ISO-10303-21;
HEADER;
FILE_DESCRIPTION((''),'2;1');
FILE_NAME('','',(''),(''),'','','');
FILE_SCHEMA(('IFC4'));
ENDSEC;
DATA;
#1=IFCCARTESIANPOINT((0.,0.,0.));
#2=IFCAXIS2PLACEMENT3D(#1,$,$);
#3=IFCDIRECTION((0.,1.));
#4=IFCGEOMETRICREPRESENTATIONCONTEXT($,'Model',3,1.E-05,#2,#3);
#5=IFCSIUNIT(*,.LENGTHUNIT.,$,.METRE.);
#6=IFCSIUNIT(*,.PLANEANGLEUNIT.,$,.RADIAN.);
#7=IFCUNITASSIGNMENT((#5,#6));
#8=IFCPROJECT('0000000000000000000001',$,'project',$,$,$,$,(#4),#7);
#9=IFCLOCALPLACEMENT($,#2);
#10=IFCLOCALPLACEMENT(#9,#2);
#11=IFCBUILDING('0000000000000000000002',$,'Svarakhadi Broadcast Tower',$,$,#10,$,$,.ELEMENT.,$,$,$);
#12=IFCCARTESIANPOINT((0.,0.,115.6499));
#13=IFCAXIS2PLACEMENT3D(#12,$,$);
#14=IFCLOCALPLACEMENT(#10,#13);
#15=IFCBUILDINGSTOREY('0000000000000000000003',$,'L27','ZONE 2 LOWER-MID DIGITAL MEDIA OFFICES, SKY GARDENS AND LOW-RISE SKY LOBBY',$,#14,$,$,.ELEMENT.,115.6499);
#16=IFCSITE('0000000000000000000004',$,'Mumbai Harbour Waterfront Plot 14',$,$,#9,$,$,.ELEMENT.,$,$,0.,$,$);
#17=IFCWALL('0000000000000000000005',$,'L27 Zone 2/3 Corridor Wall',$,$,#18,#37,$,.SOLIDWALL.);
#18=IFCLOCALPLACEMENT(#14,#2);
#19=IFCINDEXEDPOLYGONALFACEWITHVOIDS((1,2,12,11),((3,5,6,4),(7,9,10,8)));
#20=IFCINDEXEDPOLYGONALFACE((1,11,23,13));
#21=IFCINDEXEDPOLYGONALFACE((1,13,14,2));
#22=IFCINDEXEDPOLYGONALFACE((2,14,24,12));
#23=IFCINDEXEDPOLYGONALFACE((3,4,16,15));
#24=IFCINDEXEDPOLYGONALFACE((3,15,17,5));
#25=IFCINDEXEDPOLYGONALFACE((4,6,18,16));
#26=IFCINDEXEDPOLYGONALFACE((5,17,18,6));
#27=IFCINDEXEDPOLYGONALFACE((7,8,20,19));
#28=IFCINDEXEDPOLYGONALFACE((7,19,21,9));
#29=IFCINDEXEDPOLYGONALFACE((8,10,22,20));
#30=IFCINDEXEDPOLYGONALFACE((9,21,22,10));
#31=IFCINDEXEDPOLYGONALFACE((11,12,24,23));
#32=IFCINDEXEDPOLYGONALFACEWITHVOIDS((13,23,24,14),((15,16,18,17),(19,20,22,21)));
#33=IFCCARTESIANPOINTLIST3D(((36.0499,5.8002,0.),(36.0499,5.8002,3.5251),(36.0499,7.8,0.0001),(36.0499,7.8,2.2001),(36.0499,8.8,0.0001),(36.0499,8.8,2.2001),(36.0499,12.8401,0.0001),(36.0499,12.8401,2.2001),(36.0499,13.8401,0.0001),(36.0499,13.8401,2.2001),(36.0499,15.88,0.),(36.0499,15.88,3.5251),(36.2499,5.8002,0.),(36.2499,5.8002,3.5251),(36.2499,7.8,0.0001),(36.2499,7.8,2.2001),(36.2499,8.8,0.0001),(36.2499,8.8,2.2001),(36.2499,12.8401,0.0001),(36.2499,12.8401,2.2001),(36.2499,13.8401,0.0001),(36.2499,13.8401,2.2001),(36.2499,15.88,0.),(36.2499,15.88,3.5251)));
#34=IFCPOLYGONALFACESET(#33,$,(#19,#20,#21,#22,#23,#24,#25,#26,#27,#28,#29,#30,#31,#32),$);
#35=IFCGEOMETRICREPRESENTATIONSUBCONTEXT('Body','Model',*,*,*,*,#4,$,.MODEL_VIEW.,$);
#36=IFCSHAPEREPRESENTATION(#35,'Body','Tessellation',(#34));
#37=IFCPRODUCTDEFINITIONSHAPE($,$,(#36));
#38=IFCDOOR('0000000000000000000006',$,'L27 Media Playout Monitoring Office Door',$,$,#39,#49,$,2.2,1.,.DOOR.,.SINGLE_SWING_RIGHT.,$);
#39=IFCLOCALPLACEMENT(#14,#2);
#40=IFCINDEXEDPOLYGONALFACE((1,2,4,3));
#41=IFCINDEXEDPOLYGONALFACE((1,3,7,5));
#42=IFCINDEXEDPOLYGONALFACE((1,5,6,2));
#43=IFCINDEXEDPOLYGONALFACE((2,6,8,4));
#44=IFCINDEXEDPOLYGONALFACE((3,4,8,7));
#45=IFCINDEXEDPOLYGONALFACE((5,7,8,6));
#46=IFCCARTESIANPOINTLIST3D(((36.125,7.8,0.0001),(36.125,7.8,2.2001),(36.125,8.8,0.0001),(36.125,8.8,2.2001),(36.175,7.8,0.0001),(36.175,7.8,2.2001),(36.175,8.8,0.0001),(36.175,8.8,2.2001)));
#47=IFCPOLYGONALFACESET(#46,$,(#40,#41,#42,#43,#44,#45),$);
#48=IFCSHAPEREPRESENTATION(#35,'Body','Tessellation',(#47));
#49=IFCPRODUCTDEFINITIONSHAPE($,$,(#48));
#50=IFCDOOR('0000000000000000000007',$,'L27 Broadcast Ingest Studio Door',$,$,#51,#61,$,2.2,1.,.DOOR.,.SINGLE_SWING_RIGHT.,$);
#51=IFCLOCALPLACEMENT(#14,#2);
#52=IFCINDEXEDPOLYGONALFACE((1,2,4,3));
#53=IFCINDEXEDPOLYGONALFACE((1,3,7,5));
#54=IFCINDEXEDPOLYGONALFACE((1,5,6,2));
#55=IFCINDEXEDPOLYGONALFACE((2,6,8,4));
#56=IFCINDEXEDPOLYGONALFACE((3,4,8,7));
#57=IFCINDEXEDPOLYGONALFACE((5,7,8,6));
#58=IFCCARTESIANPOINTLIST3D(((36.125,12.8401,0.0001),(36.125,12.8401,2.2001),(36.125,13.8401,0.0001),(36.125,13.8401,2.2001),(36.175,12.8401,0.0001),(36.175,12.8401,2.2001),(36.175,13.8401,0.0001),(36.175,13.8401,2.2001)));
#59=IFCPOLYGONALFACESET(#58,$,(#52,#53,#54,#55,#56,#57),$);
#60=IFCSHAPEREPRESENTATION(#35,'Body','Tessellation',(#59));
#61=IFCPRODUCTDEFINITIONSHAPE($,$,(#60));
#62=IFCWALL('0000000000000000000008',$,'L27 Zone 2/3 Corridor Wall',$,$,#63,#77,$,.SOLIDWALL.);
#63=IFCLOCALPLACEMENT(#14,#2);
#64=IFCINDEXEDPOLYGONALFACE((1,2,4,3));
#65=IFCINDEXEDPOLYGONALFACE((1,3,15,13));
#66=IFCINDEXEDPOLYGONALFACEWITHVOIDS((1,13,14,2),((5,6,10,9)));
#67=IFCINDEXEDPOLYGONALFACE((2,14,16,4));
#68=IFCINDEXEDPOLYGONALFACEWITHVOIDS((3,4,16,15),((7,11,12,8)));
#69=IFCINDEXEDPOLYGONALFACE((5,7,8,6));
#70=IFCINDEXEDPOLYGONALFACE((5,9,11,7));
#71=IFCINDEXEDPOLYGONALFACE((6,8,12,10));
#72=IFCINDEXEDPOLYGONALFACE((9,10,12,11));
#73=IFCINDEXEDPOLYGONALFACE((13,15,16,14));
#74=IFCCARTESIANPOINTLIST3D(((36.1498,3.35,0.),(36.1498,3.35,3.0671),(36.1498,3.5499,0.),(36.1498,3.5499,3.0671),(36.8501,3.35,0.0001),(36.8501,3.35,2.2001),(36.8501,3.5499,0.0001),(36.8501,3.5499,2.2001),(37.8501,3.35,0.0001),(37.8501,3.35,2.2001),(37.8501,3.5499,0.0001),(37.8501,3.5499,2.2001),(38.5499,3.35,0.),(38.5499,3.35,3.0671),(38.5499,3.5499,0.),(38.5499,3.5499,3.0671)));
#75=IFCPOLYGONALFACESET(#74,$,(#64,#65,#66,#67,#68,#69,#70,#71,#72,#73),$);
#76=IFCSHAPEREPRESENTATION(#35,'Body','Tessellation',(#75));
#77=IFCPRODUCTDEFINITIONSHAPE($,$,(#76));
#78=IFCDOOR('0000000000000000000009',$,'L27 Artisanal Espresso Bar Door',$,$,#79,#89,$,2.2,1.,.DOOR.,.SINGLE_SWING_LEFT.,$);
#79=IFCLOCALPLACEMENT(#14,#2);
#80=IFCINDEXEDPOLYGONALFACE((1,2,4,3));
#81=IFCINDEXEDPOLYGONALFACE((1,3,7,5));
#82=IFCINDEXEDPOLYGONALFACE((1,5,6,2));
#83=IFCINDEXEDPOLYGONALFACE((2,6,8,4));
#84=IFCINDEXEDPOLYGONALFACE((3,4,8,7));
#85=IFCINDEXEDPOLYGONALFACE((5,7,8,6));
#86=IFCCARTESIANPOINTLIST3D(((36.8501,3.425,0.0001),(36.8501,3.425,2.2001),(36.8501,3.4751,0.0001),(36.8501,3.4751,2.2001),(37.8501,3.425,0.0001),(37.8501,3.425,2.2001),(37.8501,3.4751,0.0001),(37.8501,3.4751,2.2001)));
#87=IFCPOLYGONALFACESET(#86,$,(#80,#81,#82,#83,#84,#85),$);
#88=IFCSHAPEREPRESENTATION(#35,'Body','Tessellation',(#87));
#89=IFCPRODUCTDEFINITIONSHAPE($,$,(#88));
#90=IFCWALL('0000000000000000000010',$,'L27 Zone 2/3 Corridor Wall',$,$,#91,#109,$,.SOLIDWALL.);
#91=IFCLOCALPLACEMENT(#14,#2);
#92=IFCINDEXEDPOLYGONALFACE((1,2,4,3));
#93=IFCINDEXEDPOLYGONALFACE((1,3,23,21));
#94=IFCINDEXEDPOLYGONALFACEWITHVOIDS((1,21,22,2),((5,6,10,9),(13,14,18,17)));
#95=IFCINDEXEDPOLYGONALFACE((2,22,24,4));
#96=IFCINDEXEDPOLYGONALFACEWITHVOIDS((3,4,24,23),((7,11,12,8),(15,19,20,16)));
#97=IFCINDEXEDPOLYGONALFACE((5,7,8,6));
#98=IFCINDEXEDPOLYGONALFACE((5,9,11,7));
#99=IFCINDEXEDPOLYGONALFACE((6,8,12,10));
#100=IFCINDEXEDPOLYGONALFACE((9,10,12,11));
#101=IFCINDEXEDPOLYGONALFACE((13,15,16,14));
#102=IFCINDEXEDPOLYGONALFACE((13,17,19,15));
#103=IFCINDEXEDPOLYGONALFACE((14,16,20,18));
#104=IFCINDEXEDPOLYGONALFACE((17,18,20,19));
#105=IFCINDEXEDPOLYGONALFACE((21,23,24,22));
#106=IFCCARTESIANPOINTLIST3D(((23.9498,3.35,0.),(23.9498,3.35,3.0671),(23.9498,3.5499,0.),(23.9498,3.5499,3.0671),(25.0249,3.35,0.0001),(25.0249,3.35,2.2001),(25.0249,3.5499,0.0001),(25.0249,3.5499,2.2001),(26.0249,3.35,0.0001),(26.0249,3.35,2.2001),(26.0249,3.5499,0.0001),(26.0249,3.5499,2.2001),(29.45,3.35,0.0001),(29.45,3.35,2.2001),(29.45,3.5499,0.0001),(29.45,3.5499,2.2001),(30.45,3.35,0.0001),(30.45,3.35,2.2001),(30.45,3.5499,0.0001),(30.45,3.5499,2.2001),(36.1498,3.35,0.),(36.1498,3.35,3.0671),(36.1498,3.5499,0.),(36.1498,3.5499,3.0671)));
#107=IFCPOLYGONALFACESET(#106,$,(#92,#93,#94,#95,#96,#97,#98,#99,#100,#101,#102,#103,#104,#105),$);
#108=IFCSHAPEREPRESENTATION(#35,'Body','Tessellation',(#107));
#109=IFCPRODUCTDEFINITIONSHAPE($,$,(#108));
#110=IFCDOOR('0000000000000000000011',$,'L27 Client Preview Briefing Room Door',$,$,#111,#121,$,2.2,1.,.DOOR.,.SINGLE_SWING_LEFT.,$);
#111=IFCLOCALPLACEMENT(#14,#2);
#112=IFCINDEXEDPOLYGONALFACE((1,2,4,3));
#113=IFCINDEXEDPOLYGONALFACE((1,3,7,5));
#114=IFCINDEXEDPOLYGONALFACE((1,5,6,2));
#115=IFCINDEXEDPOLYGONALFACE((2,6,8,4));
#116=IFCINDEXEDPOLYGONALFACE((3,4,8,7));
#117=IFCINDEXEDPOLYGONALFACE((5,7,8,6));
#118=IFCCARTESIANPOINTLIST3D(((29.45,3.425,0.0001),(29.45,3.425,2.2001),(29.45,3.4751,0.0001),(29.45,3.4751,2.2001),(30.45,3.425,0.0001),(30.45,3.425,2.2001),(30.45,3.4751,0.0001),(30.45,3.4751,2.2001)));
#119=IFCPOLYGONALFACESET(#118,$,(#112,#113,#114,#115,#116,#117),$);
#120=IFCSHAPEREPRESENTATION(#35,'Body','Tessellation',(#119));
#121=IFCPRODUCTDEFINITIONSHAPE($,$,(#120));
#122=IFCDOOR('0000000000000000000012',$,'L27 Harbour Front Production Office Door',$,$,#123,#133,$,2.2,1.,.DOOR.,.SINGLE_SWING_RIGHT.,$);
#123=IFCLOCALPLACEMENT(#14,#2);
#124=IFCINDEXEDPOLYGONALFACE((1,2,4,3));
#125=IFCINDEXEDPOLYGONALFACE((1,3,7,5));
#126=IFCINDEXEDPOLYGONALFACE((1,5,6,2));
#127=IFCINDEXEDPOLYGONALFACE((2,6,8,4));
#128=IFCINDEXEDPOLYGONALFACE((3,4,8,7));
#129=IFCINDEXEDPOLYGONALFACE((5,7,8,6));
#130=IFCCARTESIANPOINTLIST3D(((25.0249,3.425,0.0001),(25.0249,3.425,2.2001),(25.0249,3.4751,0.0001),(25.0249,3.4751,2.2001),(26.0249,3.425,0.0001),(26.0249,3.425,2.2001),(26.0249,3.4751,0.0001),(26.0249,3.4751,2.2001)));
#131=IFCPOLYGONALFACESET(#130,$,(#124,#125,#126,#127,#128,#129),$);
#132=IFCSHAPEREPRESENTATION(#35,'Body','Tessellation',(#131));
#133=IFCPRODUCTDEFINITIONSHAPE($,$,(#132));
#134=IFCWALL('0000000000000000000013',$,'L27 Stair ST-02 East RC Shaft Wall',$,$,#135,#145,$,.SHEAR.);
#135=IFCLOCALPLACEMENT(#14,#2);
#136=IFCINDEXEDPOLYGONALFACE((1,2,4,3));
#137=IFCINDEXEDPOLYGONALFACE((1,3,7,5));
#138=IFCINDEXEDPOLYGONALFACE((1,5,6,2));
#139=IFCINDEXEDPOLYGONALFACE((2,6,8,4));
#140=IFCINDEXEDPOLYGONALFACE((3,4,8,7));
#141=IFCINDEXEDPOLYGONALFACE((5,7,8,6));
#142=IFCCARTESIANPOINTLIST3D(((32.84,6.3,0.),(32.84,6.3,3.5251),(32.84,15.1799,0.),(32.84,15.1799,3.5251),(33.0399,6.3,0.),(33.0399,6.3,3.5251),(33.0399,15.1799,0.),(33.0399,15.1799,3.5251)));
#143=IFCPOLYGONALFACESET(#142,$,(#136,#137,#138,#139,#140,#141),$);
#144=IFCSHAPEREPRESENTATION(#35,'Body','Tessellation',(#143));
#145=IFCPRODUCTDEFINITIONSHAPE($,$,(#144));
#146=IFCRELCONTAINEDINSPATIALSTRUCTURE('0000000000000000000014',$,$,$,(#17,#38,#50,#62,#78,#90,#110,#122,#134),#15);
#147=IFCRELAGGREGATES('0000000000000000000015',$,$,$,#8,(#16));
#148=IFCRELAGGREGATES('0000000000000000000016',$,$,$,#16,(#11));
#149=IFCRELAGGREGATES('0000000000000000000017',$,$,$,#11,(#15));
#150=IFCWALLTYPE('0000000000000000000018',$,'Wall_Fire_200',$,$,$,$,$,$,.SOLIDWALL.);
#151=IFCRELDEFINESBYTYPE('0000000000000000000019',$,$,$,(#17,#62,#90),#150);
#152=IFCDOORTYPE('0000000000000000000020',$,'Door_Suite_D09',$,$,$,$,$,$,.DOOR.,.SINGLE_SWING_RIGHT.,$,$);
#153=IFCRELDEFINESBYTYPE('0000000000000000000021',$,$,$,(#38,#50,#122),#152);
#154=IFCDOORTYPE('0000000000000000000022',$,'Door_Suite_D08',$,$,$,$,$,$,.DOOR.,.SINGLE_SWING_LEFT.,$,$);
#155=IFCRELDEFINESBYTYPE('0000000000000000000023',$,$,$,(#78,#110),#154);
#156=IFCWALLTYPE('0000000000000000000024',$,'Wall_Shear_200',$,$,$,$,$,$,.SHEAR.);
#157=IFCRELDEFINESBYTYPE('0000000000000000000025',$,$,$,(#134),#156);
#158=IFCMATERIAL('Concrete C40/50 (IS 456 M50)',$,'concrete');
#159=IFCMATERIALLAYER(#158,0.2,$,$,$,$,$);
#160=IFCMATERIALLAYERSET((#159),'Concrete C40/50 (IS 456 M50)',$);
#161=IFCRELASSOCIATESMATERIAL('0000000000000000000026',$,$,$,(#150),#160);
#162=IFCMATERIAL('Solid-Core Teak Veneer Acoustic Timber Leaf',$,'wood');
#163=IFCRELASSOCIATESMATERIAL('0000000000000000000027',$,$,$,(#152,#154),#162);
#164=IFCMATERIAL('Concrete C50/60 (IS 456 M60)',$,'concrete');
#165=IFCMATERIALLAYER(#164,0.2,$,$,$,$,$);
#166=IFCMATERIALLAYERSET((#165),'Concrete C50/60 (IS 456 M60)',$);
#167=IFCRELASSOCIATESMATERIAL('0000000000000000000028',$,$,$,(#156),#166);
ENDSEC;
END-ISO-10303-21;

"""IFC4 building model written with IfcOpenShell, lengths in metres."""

from ifc_helpers import new_model, si_unit, direction, frame, frame_2d, origin, place, context, subcontext, project, spatial, rectangle, extrude, material, layer, layer_set, type_object, element, fill, save


model = new_model("IFC4")

# Units and contexts
model_context = context("Model", 3, precision=1e-05, world=origin(), true_north=direction((0.0, 1.0)))
body_context = subcontext(model_context, "Body", "Model", "MODEL_VIEW")
ifc_project = project(units=[si_unit("LENGTHUNIT", "METRE"), si_unit("PLANEANGLEUNIT", "RADIAN")], contexts=[model_context])

# Site, building, storey
site_placement = place(None, origin())
site = spatial("IfcSite", under=ifc_project, at=site_placement, Name="Mumbai Harbour Waterfront Plot 14", CompositionType="ELEMENT", RefElevation=0.0)
building_placement = place(site_placement, origin())
building = spatial("IfcBuilding", under=site, at=building_placement, Name="Svarakhadi Broadcast Tower", CompositionType="ELEMENT")
storey_placement = place(building_placement, frame((0.0, 0.0, 115.6499)))
storey = spatial("IfcBuildingStorey", under=building, at=storey_placement, Name="L27", Description="ZONE 2 LOWER-MID DIGITAL MEDIA OFFICES, SKY GARDENS AND LOW-RISE SKY LOBBY", CompositionType="ELEMENT", Elevation=115.6499)

# Shared definitions
ifc_material_1 = material(Name="Concrete C50/60 (IS 456 M60)", Category="concrete")

# Shared definitions
ifc_material_2 = material(Name="Concrete C40/50 (IS 456 M50)", Category="concrete")
ifc_layer_1 = layer(ifc_material_2, 0.2)
ifc_layer_set_1 = layer_set([ifc_layer_1], Name="Concrete C40/50 (IS 456 M50)")
wall_type_1 = type_object("IfcWallType", Name="Wall_Fire_200", PredefinedType="SOLIDWALL", material=ifc_layer_set_1)

# Wall, openings, doors
wall_1_placement = place(storey_placement, frame((36.1499, 5.8, 0.0), z_axis=(0.0, 0.0, 1.0), x_axis=(0.0, 1.0, 0.0)))
wall_1 = element("IfcWall", 1, at=wall_1_placement, inside=storey, type_object=wall_type_1, Name="L27 Zone 2/3 Corridor Wall", PredefinedType="SOLIDWALL", context=body_context, shape_type="SweptSolid", body=[
    extrude(rectangle(XDim=10.0798, YDim=0.2, at=frame_2d((5.04, 0.0))), origin(), (0.0, 0.0, 1.0), 3.5251),
])
opening_1_placement = place(wall_1_placement, frame((2.0, 0.0, 0.0)))
opening_1 = element("IfcOpeningElement", 2, at=opening_1_placement, cuts=wall_1, PredefinedType="OPENING", context=body_context, shape_type="SweptSolid", body=[
    extrude(rectangle(XDim=1.0, YDim=2.2, at=frame_2d((0.5, 1.1001))), frame((0.0, 0.1099, 0.0), z_axis=(0.0, -1.0, 0.0), x_axis=(1.0, 0.0, 0.0)), (0.0, 0.0, 1.0), 0.22),
])
opening_2_placement = place(wall_1_placement, frame((7.04, 0.0, 0.0)))
opening_2 = element("IfcOpeningElement", 3, at=opening_2_placement, cuts=wall_1, PredefinedType="OPENING", context=body_context, shape_type="SweptSolid", body=[
    extrude(rectangle(XDim=1.0, YDim=2.2, at=frame_2d((0.5, 1.1001))), frame((0.0, 0.1099, 0.0), z_axis=(0.0, -1.0, 0.0), x_axis=(1.0, 0.0, 0.0)), (0.0, 0.0, 1.0), 0.22),
])
ifc_material_3 = material(Name="Solid-Core Teak Veneer Acoustic Timber Leaf", Category="wood")
door_type_1 = type_object("IfcDoorType", Name="Door_Suite_D09", OperationType="SINGLE_SWING_RIGHT", PredefinedType="DOOR", material=ifc_material_3)
door_1_placement = place(opening_1_placement, origin())
door_1 = element("IfcDoor", 4, at=door_1_placement, inside=storey, type_object=door_type_1, Name="L27 Media Playout Monitoring Office Door", OperationType="SINGLE_SWING_RIGHT", OverallHeight=2.2, OverallWidth=1.0, PredefinedType="DOOR", context=body_context, shape_type="SweptSolid", body=[
    extrude(rectangle(XDim=1.0, YDim=2.2, at=frame_2d((0.5, 1.1001))), frame((0.0, 0.0249, 0.0), z_axis=(0.0, -1.0, 0.0), x_axis=(1.0, 0.0, 0.0)), (0.0, 0.0, 1.0), 0.05),
])
fill(opening_1, door_1)
door_2_placement = place(opening_2_placement, origin())
door_2 = element("IfcDoor", 5, at=door_2_placement, inside=storey, type_object=door_type_1, Name="L27 Broadcast Ingest Studio Door", OperationType="SINGLE_SWING_RIGHT", OverallHeight=2.2, OverallWidth=1.0, PredefinedType="DOOR", context=body_context, shape_type="SweptSolid", body=[
    extrude(rectangle(XDim=1.0, YDim=2.2, at=frame_2d((0.5, 1.1001))), frame((0.0, 0.0249, 0.0), z_axis=(0.0, -1.0, 0.0), x_axis=(1.0, 0.0, 0.0)), (0.0, 0.0, 1.0), 0.05),
])
fill(opening_2, door_2)

# Wall, opening, door
wall_2_placement = place(storey_placement, frame((38.55, 3.45, 0.0), z_axis=(0.0, 0.0, 1.0), x_axis=(-1.0, 0.0, 0.0)))
wall_2 = element("IfcWall", 6, at=wall_2_placement, inside=storey, type_object=wall_type_1, Name="L27 Zone 2/3 Corridor Wall", PredefinedType="SOLIDWALL", context=body_context, shape_type="SweptSolid", body=[
    extrude(rectangle(XDim=2.4001, YDim=0.2, at=frame_2d((1.2002, 0.0))), origin(), (0.0, 0.0, 1.0), 3.0671),
])
opening_3_placement = place(wall_2_placement, frame((0.7, 0.0, 0.0)))
opening_3 = element("IfcOpeningElement", 7, at=opening_3_placement, cuts=wall_2, PredefinedType="OPENING", context=body_context, shape_type="SweptSolid", body=[
    extrude(rectangle(XDim=1.0, YDim=2.2, at=frame_2d((0.5, 1.1001))), frame((0.0, 0.1099, 0.0), z_axis=(0.0, -1.0, 0.0), x_axis=(1.0, 0.0, 0.0)), (0.0, 0.0, 1.0), 0.22),
])
door_type_2 = type_object("IfcDoorType", Name="Door_Suite_D08", OperationType="SINGLE_SWING_LEFT", PredefinedType="DOOR", material=ifc_material_3)
door_3_placement = place(opening_3_placement, origin())
door_3 = element("IfcDoor", 8, at=door_3_placement, inside=storey, type_object=door_type_2, Name="L27 Artisanal Espresso Bar Door", OperationType="SINGLE_SWING_LEFT", OverallHeight=2.2, OverallWidth=1.0, PredefinedType="DOOR", context=body_context, shape_type="SweptSolid", body=[
    extrude(rectangle(XDim=1.0, YDim=2.2, at=frame_2d((0.5, 1.1001))), frame((0.0, 0.0249, 0.0), z_axis=(0.0, -1.0, 0.0), x_axis=(1.0, 0.0, 0.0)), (0.0, 0.0, 1.0), 0.05),
])
fill(opening_3, door_3)

# Wall, openings, doors
wall_3_placement = place(storey_placement, frame((36.1499, 3.45, 0.0), z_axis=(0.0, 0.0, 1.0), x_axis=(-1.0, 0.0, 0.0)))
wall_3 = element("IfcWall", 9, at=wall_3_placement, inside=storey, type_object=wall_type_1, Name="L27 Zone 2/3 Corridor Wall", PredefinedType="SOLIDWALL", context=body_context, shape_type="SweptSolid", body=[
    extrude(rectangle(XDim=12.2, YDim=0.2, at=frame_2d((6.1001, 0.0))), origin(), (0.0, 0.0, 1.0), 3.0671),
])
opening_4_placement = place(wall_3_placement, frame((10.125, 0.0, 0.0)))
opening_4 = element("IfcOpeningElement", 10, at=opening_4_placement, cuts=wall_3, PredefinedType="OPENING", context=body_context, shape_type="SweptSolid", body=[
    extrude(rectangle(XDim=1.0, YDim=2.2, at=frame_2d((0.5, 1.1001))), frame((0.0, 0.1099, 0.0), z_axis=(0.0, -1.0, 0.0), x_axis=(1.0, 0.0, 0.0)), (0.0, 0.0, 1.0), 0.22),
])
opening_5_placement = place(wall_3_placement, frame((5.7, 0.0, 0.0)))
opening_5 = element("IfcOpeningElement", 11, at=opening_5_placement, cuts=wall_3, PredefinedType="OPENING", context=body_context, shape_type="SweptSolid", body=[
    extrude(rectangle(XDim=1.0, YDim=2.2, at=frame_2d((0.5, 1.1001))), frame((0.0, 0.1099, 0.0), z_axis=(0.0, -1.0, 0.0), x_axis=(1.0, 0.0, 0.0)), (0.0, 0.0, 1.0), 0.22),
])
door_4_placement = place(opening_5_placement, origin())
door_4 = element("IfcDoor", 12, at=door_4_placement, inside=storey, type_object=door_type_2, Name="L27 Client Preview Briefing Room Door", OperationType="SINGLE_SWING_LEFT", OverallHeight=2.2, OverallWidth=1.0, PredefinedType="DOOR", context=body_context, shape_type="SweptSolid", body=[
    extrude(rectangle(XDim=1.0, YDim=2.2, at=frame_2d((0.5, 1.1001))), frame((0.0, 0.0249, 0.0), z_axis=(0.0, -1.0, 0.0), x_axis=(1.0, 0.0, 0.0)), (0.0, 0.0, 1.0), 0.05),
])
fill(opening_5, door_4)
door_5_placement = place(opening_4_placement, origin())
door_5 = element("IfcDoor", 13, at=door_5_placement, inside=storey, type_object=door_type_1, Name="L27 Harbour Front Production Office Door", OperationType="SINGLE_SWING_RIGHT", OverallHeight=2.2, OverallWidth=1.0, PredefinedType="DOOR", context=body_context, shape_type="SweptSolid", body=[
    extrude(rectangle(XDim=1.0, YDim=2.2, at=frame_2d((0.5, 1.1001))), frame((0.0, 0.0249, 0.0), z_axis=(0.0, -1.0, 0.0), x_axis=(1.0, 0.0, 0.0)), (0.0, 0.0, 1.0), 0.05),
])
fill(opening_4, door_5)

# Wall
ifc_layer_2 = layer(ifc_material_1, 0.2)
ifc_layer_set_2 = layer_set([ifc_layer_2], Name="Concrete C50/60 (IS 456 M60)")
wall_type_2 = type_object("IfcWallType", Name="Wall_Shear_200", PredefinedType="SHEAR", material=ifc_layer_set_2)
wall_4_placement = place(storey_placement, frame((32.9399, 6.3, 0.0), z_axis=(0.0, 0.0, 1.0), x_axis=(0.0, 1.0, 0.0)))
element("IfcWall", 14, at=wall_4_placement, inside=storey, type_object=wall_type_2, Name="L27 Stair ST-02 East RC Shaft Wall", PredefinedType="SHEAR", context=body_context, shape_type="SweptSolid", body=[
    extrude(rectangle(XDim=8.8799, YDim=0.2, at=frame_2d((4.4399, 0.0))), origin(), (0.0, 0.0, 1.0), 3.5251),
])

save(model, "model.ifc")
